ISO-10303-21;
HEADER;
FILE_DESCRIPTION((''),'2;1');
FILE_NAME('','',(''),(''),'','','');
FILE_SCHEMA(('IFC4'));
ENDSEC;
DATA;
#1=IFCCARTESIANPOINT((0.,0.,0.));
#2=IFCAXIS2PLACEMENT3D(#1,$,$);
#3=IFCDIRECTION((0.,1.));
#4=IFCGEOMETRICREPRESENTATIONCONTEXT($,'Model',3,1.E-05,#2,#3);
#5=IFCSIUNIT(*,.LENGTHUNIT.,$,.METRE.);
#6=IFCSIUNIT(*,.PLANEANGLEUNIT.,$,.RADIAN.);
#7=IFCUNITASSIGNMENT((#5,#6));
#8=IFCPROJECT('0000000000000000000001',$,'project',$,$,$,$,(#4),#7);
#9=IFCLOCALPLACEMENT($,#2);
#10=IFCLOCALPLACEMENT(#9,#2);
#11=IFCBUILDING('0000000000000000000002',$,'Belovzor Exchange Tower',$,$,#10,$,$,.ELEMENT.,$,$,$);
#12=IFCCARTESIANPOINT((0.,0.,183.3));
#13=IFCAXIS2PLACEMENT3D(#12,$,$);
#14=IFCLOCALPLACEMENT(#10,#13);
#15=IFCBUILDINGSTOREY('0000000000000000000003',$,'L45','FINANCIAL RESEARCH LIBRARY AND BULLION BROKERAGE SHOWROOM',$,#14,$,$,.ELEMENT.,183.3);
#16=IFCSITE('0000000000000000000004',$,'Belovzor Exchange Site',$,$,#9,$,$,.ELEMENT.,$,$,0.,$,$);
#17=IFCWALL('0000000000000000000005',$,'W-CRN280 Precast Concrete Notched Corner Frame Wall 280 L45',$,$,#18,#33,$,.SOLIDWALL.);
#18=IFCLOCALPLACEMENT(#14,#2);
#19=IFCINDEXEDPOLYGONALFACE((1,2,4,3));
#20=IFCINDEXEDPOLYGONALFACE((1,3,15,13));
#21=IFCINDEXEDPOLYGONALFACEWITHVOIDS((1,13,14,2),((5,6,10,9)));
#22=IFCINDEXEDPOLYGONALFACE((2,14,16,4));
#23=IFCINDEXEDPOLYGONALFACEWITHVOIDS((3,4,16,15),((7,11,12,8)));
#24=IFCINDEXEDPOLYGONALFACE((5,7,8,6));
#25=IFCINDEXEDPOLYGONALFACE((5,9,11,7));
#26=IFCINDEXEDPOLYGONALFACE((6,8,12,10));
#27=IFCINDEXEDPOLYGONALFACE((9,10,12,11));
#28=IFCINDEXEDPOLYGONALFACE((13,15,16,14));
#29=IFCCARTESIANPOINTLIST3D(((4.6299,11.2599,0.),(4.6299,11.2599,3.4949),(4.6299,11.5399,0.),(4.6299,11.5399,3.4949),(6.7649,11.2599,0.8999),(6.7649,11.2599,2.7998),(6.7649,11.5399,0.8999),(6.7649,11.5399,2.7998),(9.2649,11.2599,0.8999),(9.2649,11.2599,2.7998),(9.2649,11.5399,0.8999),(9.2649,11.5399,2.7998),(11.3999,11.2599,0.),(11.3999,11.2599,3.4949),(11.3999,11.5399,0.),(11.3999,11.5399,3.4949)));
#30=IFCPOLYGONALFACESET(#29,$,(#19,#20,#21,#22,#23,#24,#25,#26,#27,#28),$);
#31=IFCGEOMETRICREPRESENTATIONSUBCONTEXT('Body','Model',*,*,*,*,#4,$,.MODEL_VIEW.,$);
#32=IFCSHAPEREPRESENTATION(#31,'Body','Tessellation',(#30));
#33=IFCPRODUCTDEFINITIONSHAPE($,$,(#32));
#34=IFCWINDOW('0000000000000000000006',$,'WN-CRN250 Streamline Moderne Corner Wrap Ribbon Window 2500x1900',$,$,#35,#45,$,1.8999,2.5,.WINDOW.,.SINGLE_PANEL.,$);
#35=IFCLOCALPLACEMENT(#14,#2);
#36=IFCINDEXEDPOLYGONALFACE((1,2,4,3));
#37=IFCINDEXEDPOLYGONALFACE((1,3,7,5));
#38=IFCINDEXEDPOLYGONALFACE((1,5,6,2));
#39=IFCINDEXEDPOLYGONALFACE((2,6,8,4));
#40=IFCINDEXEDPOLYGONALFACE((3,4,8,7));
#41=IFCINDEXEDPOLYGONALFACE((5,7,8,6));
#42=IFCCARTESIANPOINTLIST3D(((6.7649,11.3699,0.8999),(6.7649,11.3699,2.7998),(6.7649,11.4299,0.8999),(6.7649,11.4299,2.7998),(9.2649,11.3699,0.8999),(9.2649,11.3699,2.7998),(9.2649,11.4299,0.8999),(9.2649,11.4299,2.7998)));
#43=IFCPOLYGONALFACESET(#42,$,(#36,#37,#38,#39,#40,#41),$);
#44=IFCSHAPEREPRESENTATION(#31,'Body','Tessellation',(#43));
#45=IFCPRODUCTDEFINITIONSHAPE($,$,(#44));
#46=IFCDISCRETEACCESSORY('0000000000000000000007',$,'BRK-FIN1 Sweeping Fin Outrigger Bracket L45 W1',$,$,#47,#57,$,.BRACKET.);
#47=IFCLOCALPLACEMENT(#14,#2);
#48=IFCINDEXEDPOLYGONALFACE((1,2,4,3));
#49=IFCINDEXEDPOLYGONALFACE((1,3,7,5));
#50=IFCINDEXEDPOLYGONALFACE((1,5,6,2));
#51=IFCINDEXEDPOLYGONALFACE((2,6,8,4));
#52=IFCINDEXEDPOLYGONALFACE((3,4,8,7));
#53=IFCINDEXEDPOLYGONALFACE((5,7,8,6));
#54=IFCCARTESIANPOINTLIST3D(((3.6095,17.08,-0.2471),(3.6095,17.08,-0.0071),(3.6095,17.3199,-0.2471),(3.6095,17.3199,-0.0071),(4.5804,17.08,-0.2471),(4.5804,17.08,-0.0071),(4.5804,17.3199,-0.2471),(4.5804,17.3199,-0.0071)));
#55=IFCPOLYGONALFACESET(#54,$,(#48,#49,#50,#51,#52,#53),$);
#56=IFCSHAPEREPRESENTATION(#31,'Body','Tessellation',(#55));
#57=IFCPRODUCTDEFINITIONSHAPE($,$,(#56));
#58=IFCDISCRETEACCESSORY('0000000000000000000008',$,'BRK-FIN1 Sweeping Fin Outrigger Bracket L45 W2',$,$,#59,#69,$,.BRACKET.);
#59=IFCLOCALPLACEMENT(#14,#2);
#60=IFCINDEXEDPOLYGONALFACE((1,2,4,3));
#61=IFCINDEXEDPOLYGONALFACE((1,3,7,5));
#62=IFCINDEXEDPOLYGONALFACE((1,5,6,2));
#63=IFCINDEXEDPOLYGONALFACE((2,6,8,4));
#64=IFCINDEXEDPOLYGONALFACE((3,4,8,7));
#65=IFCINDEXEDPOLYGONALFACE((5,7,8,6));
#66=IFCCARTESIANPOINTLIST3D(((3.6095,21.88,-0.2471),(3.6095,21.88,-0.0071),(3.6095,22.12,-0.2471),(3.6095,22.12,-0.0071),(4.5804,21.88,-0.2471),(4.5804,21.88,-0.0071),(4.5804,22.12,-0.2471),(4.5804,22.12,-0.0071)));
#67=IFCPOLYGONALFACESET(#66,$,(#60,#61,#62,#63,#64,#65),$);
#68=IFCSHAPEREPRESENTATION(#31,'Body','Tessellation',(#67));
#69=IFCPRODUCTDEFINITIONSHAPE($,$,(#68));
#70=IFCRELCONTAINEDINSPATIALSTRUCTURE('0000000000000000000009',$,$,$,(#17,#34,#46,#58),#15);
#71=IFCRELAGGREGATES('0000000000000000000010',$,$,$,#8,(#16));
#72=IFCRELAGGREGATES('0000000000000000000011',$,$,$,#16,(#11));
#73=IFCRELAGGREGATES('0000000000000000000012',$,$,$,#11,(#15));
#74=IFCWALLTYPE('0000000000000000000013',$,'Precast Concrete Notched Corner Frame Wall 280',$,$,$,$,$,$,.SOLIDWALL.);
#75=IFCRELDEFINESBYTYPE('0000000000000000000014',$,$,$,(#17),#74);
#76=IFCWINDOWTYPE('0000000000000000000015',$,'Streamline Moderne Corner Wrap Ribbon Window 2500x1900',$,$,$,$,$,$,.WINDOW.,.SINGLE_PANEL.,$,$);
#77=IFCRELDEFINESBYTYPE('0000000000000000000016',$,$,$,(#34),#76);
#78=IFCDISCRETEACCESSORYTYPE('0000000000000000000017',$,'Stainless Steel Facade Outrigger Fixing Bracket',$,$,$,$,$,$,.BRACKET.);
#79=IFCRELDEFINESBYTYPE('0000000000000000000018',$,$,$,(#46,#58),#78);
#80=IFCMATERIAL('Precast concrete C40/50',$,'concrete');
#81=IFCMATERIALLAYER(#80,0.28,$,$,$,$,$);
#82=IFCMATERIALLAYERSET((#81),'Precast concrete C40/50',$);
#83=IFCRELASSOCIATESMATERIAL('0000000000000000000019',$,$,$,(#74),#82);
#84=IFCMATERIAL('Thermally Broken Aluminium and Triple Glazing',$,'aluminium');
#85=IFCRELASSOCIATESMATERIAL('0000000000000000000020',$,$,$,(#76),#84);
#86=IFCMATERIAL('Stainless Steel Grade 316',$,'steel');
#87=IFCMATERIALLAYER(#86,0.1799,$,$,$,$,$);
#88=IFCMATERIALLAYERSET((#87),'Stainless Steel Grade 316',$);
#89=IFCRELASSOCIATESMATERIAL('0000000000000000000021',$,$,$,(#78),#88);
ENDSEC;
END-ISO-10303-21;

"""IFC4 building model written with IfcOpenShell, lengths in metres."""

from ifc_helpers import new_model, si_unit, direction, frame, frame_2d, origin, origin_2d, place, context, subcontext, project, spatial, rectangle, extrude, material, layer, layer_set, type_object, element, fill, save


model = new_model("IFC4")

# Units and contexts
model_context = context("Model", 3, precision=1e-05, world=origin(), true_north=direction((0.0, 1.0)))
body_context = subcontext(model_context, "Body", "Model", "MODEL_VIEW")
ifc_project = project(units=[si_unit("LENGTHUNIT", "METRE"), si_unit("PLANEANGLEUNIT", "RADIAN")], contexts=[model_context])

# Site, building, storey
site_placement = place(None, origin())
site = spatial("IfcSite", under=ifc_project, at=site_placement, Name="Belovzor Exchange Site", CompositionType="ELEMENT", RefElevation=0.0)
building_placement = place(site_placement, origin())
building = spatial("IfcBuilding", under=site, at=building_placement, Name="Belovzor Exchange Tower", CompositionType="ELEMENT")
storey_placement = place(building_placement, frame((0.0, 0.0, 183.3)))
storey = spatial("IfcBuildingStorey", under=building, at=storey_placement, Name="L45", Description="FINANCIAL RESEARCH LIBRARY AND BULLION BROKERAGE SHOWROOM", CompositionType="ELEMENT", Elevation=183.3)

# Wall, opening, window
ifc_material_1 = material(Name="Precast concrete C40/50", Category="concrete")
ifc_layer_1 = layer(ifc_material_1, 0.28)
ifc_layer_set_1 = layer_set([ifc_layer_1], Name="Precast concrete C40/50")
wall_type_1 = type_object("IfcWallType", Name="Precast Concrete Notched Corner Frame Wall 280", PredefinedType="SOLIDWALL", material=ifc_layer_set_1)
wall_1_placement = place(storey_placement, frame((11.3999, 11.3999, 0.0), z_axis=(0.0, 0.0, 1.0), x_axis=(-1.0, 0.0, 0.0)))
wall_1 = element("IfcWall", 1, at=wall_1_placement, inside=storey, type_object=wall_type_1, Name="W-CRN280 Precast Concrete Notched Corner Frame Wall 280 L45", PredefinedType="SOLIDWALL", context=body_context, shape_type="SweptSolid", body=[
    extrude(rectangle(XDim=6.77, YDim=0.28, at=frame_2d((3.385, 0.0))), origin(), (0.0, 0.0, 1.0), 3.4949),
])
opening_1_placement = place(wall_1_placement, frame((2.135, 0.0, 0.8999)))
opening_1 = element("IfcOpeningElement", 2, at=opening_1_placement, cuts=wall_1, PredefinedType="OPENING", context=body_context, shape_type="SweptSolid", body=[
    extrude(rectangle(XDim=2.5, YDim=1.8999, at=frame_2d((1.25, 0.95))), frame((0.0, 0.1499, 0.0), z_axis=(0.0, -1.0, 0.0), x_axis=(1.0, 0.0, 0.0)), (0.0, 0.0, 1.0), 0.3),
])
ifc_material_2 = material(Name="Thermally Broken Aluminium and Triple Glazing", Category="aluminium")
window_type = type_object("IfcWindowType", Name="Streamline Moderne Corner Wrap Ribbon Window 2500x1900", PartitioningType="SINGLE_PANEL", PredefinedType="WINDOW", material=ifc_material_2)
window_placement = place(opening_1_placement, origin())
window = element("IfcWindow", 3, at=window_placement, inside=storey, type_object=window_type, Name="WN-CRN250 Streamline Moderne Corner Wrap Ribbon Window 2500x1900", OverallHeight=1.8999, OverallWidth=2.5, PartitioningType="SINGLE_PANEL", PredefinedType="WINDOW", context=body_context, shape_type="SweptSolid", body=[
    extrude(rectangle(XDim=2.5, YDim=1.8999, at=frame_2d((1.25, 0.95))), frame((0.0, 0.03, 0.0), z_axis=(0.0, -1.0, 0.0), x_axis=(1.0, 0.0, 0.0)), (0.0, 0.0, 1.0), 0.0601),
])
fill(opening_1, window)

# Discrete accessories
ifc_material_3 = material(Name="Stainless Steel Grade 316", Category="steel")
ifc_layer_2 = layer(ifc_material_3, 0.1799)
ifc_layer_set_2 = layer_set([ifc_layer_2], Name="Stainless Steel Grade 316")
discrete_accessory_type = type_object("IfcDiscreteAccessoryType", Name="Stainless Steel Facade Outrigger Fixing Bracket", PredefinedType="BRACKET", material=ifc_layer_set_2)
for number, where, z_axis, x_axis, name in (
    (4, (4.095, 17.2, -0.2471), (0.0, 0.0, 1.0), (1.0, 0.0, 0.0), "BRK-FIN1 Sweeping Fin Outrigger Bracket L45 W1"),
    (5, (4.095, 22.0, -0.2471), (0.0, 0.0, 1.0), (1.0, 0.0, 0.0), "BRK-FIN1 Sweeping Fin Outrigger Bracket L45 W2"),
):
    element("IfcDiscreteAccessory", number, at=place(storey_placement, frame(where, z_axis=z_axis, x_axis=x_axis)), inside=storey, type_object=discrete_accessory_type, Name=name, PredefinedType="BRACKET", context=body_context, shape_type="SweptSolid", body=[
        extrude(rectangle(XDim=0.9709, YDim=0.24, at=origin_2d()), origin(), (0.0, 0.0, 1.0), 0.24),
    ])

save(model, "model.ifc")
